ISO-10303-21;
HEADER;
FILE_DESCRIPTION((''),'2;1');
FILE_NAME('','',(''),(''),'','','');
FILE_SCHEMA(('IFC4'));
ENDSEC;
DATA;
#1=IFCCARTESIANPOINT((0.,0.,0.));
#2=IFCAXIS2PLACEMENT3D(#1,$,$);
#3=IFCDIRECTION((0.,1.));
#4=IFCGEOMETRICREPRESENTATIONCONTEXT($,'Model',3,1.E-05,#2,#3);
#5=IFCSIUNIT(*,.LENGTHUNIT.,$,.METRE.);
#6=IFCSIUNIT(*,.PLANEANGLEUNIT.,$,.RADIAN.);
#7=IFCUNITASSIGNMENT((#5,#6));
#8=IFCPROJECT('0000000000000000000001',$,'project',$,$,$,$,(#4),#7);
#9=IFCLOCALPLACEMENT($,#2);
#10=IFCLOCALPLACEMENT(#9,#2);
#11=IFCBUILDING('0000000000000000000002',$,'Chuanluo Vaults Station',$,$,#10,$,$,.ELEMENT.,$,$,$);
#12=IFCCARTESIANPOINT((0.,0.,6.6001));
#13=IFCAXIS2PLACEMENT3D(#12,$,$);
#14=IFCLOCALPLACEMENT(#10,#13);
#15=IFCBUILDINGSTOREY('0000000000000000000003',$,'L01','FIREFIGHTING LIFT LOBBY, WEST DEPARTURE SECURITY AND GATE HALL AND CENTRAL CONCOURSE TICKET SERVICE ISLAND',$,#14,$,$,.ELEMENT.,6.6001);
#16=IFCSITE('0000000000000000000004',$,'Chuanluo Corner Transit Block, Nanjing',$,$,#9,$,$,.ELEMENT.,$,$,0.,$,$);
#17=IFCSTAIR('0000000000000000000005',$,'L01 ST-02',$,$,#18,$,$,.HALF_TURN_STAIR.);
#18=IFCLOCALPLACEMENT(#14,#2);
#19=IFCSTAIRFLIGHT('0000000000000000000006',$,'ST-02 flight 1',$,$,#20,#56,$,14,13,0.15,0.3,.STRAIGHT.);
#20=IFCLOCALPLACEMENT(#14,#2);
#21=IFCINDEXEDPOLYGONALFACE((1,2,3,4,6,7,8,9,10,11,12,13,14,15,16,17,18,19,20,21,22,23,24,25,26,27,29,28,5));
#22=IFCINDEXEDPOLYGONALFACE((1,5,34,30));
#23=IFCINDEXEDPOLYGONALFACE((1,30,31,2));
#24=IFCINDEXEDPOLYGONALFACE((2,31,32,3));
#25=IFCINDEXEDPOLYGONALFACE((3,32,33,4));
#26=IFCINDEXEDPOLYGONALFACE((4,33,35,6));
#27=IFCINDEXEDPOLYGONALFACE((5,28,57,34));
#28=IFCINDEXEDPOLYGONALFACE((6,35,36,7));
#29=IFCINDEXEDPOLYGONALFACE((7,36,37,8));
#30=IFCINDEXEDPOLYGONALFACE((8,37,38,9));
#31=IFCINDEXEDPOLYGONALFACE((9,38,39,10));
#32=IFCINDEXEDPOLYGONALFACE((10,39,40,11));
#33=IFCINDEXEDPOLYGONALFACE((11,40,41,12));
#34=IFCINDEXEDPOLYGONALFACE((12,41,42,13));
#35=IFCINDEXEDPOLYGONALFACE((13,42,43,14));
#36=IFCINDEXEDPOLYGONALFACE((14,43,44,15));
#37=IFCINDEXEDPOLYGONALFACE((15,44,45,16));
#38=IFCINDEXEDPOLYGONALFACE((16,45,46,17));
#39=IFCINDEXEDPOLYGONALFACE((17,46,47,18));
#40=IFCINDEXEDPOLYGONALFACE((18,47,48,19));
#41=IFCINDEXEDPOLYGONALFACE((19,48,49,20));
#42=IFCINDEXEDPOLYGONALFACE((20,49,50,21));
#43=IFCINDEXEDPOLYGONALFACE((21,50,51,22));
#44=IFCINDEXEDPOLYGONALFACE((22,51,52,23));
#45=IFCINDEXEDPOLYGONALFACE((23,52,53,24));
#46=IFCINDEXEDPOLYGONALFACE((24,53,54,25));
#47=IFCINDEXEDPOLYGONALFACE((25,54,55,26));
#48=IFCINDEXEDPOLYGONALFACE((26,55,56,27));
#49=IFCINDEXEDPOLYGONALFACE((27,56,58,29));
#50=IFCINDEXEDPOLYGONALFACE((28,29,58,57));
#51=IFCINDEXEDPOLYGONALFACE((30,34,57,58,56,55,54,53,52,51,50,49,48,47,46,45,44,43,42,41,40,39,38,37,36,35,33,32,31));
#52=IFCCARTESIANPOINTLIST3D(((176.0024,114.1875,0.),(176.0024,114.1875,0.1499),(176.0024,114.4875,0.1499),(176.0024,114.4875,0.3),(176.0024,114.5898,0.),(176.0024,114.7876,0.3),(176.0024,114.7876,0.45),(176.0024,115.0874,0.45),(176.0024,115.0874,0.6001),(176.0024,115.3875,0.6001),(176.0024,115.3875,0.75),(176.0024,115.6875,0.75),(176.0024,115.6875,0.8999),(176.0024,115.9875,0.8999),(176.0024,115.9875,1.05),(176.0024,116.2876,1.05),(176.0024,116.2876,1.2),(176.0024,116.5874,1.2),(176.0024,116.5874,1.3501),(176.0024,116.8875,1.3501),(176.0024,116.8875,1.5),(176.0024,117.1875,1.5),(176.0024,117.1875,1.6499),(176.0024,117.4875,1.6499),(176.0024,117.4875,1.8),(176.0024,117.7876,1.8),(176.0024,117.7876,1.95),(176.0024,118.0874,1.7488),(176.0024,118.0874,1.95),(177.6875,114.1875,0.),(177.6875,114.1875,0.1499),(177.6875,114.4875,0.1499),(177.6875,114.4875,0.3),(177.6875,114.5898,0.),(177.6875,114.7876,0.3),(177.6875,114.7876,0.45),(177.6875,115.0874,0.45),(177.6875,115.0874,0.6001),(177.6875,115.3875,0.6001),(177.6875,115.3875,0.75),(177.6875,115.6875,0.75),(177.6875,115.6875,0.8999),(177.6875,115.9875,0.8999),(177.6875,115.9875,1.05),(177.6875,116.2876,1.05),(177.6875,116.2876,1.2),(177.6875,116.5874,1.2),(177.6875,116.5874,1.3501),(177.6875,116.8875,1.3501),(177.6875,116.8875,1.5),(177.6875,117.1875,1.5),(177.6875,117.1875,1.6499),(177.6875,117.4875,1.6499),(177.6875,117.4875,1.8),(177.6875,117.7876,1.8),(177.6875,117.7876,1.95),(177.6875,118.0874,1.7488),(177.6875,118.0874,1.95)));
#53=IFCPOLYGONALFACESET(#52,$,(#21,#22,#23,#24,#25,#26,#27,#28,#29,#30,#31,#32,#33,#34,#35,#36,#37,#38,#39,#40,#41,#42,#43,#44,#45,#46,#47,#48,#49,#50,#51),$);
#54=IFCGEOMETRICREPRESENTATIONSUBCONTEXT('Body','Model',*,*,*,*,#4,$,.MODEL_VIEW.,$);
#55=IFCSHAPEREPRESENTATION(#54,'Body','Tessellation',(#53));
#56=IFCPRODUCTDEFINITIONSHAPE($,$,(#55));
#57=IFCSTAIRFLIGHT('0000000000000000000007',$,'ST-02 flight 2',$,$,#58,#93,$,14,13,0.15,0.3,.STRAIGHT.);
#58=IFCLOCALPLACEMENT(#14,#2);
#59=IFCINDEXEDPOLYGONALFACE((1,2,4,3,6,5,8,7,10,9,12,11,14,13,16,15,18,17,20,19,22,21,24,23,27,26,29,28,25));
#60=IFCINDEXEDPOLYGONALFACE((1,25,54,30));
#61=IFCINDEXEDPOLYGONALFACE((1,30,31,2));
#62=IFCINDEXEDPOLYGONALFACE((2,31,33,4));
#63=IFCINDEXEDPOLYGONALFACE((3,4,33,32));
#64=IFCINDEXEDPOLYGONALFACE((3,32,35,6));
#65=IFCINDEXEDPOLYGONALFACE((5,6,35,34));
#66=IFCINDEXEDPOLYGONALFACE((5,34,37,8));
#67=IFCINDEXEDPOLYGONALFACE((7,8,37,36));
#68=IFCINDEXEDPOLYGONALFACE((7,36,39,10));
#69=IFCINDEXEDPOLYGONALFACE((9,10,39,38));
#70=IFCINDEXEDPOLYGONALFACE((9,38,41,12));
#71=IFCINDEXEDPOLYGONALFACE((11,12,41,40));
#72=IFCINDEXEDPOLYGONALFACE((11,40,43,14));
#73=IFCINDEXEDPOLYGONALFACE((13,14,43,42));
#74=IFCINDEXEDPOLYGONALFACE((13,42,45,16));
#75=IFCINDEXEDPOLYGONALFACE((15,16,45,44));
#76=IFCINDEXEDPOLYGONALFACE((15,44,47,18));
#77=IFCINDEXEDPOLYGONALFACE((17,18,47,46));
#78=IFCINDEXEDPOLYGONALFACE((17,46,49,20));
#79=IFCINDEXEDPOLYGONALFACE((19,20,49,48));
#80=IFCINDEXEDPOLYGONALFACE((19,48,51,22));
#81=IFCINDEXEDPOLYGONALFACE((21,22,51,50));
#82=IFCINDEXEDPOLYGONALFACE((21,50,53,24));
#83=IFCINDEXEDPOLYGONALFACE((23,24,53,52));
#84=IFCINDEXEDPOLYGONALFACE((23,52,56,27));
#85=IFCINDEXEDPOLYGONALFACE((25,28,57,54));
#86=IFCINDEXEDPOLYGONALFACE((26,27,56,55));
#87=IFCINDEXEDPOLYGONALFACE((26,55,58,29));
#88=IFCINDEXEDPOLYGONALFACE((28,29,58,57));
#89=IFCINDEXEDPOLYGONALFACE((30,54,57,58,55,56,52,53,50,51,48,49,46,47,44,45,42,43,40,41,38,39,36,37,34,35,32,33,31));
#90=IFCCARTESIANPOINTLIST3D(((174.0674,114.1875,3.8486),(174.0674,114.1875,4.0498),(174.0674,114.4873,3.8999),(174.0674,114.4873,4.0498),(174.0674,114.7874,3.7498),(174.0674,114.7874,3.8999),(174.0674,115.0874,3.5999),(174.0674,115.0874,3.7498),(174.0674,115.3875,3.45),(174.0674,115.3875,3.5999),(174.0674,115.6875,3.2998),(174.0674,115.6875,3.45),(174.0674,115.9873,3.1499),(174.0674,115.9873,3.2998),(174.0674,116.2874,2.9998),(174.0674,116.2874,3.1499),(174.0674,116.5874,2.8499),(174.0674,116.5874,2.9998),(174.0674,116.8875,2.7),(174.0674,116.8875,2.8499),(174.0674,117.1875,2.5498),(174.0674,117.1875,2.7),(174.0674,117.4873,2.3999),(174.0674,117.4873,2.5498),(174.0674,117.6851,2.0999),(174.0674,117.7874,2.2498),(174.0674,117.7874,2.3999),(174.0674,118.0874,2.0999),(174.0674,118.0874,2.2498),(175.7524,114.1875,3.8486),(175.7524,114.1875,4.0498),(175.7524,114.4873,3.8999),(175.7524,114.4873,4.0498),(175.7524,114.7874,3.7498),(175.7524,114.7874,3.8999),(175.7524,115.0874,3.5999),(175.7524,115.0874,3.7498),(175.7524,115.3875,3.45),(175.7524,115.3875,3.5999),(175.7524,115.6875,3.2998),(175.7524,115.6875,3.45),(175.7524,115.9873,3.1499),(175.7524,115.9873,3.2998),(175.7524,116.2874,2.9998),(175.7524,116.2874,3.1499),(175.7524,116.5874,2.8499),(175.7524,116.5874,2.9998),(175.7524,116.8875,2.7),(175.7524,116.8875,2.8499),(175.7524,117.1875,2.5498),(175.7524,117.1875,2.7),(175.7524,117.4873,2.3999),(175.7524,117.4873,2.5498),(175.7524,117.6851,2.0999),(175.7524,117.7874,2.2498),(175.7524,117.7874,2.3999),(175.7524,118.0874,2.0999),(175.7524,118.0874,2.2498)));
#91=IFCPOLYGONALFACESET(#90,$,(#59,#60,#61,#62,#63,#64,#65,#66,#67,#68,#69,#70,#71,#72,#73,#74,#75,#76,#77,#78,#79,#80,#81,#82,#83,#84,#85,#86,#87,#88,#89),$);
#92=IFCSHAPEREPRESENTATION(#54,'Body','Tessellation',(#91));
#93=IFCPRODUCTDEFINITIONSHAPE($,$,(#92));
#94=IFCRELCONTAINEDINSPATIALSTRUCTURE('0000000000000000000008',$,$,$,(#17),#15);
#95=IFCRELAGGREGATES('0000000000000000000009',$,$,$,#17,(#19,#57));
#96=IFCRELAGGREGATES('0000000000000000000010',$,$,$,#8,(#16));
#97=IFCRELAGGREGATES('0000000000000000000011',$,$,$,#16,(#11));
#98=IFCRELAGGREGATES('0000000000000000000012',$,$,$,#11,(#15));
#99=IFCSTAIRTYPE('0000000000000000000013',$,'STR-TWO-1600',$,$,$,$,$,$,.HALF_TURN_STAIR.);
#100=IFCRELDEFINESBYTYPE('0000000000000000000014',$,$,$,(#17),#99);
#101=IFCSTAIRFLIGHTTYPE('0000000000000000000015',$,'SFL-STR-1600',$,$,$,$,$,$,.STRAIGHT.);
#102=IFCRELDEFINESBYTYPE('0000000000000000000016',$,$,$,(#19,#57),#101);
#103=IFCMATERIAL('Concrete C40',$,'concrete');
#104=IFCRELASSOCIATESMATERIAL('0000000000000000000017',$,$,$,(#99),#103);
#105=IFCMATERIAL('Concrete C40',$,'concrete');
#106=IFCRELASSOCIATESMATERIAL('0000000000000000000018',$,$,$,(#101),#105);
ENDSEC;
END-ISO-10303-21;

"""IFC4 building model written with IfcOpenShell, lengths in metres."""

from ifc_helpers import new_model, si_unit, direction, frame, origin, place, context, subcontext, project, spatial, polyline, outline, extrude, material, type_object, element, aggregate, save


model = new_model("IFC4")

# Units and contexts
model_context = context("Model", 3, precision=1e-05, world=origin(), true_north=direction((0.0, 1.0)))
body_context = subcontext(model_context, "Body", "Model", "MODEL_VIEW")
ifc_project = project(units=[si_unit("LENGTHUNIT", "METRE"), si_unit("PLANEANGLEUNIT", "RADIAN")], contexts=[model_context])

# Site, building, storey
site_placement = place(None, origin())
site = spatial("IfcSite", under=ifc_project, at=site_placement, Name="Chuanluo Corner Transit Block, Nanjing", CompositionType="ELEMENT", RefElevation=0.0)
building_placement = place(site_placement, origin())
building = spatial("IfcBuilding", under=site, at=building_placement, Name="Chuanluo Vaults Station", CompositionType="ELEMENT")
storey_placement = place(building_placement, frame((0.0, 0.0, 6.6001)))
storey = spatial("IfcBuildingStorey", under=building, at=storey_placement, Name="L01", Description="FIREFIGHTING LIFT LOBBY, WEST DEPARTURE SECURITY AND GATE HALL AND CENTRAL CONCOURSE TICKET SERVICE ISLAND", CompositionType="ELEMENT", Elevation=6.6001)

# Stair, stair flights
ifc_material_1 = material(Name="Concrete C40", Category="concrete")
stair_type = type_object("IfcStairType", Name="STR-TWO-1600", PredefinedType="HALF_TURN_STAIR", material=ifc_material_1)
stair_placement = place(storey_placement, origin())
stair = element("IfcStair", 1, at=stair_placement, inside=storey, type_object=stair_type, Name="L01 ST-02", PredefinedType="HALF_TURN_STAIR")
ifc_material_2 = material(Name="Concrete C40", Category="concrete")
stair_flight_type = type_object("IfcStairFlightType", Name="SFL-STR-1600", PredefinedType="STRAIGHT", material=ifc_material_2)
stair_flight_1_placement = place(storey_placement, frame((176.845, 114.1875, 0.0), z_axis=(0.0, 0.0, 1.0), x_axis=(0.0, 1.0, 0.0)))
stair_flight_1 = element("IfcStairFlight", 2, at=stair_flight_1_placement, type_object=stair_flight_type, Name="ST-02 flight 1", NumberOfRisers=14, NumberOfTreads=13, PredefinedType="STRAIGHT", RiserHeight=0.15, TreadLength=0.3, context=body_context, shape_type="SweptSolid", body=[
    extrude(outline(polyline([(0.0, 0.0), (0.0, 0.1499), (0.3, 0.1499), (0.3, 0.3), (0.6001, 0.3), (0.6001, 0.45), (0.8999, 0.45), (0.8999, 0.6001), (1.2, 0.6001), (1.2, 0.75), (1.5, 0.75), (1.5, 0.8999), (1.8, 0.8999), (1.8, 1.05), (2.1001, 1.05), (2.1001, 1.2), (2.3999, 1.2), (2.3999, 1.3501), (2.7, 1.3501), (2.7, 1.5), (3.0, 1.5), (3.0, 1.6499), (3.3, 1.6499), (3.3, 1.8), (3.6001, 1.8), (3.6001, 1.95), (3.8999, 1.95), (3.8999, 2.1001), (3.8999, 1.7488), (0.4023, 0.0), (0.0, 0.0)])), frame((0.0, 0.8425, 0.0), z_axis=(0.0, -1.0, 0.0), x_axis=(1.0, 0.0, 0.0)), (0.0, 0.0, 1.0), 1.6851),
])
stair_flight_2_placement = place(storey_placement, frame((174.9099, 118.0874, 2.0999), z_axis=(0.0, 0.0, 1.0), x_axis=(0.0, -1.0, 0.0)))
stair_flight_2 = element("IfcStairFlight", 3, at=stair_flight_2_placement, type_object=stair_flight_type, Name="ST-02 flight 2", NumberOfRisers=14, NumberOfTreads=13, PredefinedType="STRAIGHT", RiserHeight=0.15, TreadLength=0.3, context=body_context, shape_type="SweptSolid", body=[
    extrude(outline(polyline([(0.0, 0.0), (0.0, 0.1499), (0.3, 0.1499), (0.3, 0.3), (0.6001, 0.3), (0.6001, 0.45), (0.8999, 0.45), (0.8999, 0.6001), (1.2, 0.6001), (1.2, 0.75), (1.5, 0.75), (1.5, 0.8999), (1.8, 0.8999), (1.8, 1.05), (2.1001, 1.05), (2.1001, 1.2), (2.3999, 1.2), (2.3999, 1.3501), (2.7, 1.3501), (2.7, 1.5), (3.0, 1.5), (3.0, 1.6499), (3.3, 1.6499), (3.3, 1.8), (3.6001, 1.8), (3.6001, 1.95), (3.8999, 1.95), (3.8999, 2.1001), (3.8999, 1.7488), (0.4023, 0.0), (0.0, 0.0)])), frame((0.0, 0.8425, 0.0), z_axis=(0.0, -1.0, 0.0), x_axis=(1.0, 0.0, 0.0)), (0.0, 0.0, 1.0), 1.6851),
])
aggregate(stair, [stair_flight_1, stair_flight_2])

save(model, "model.ifc")
